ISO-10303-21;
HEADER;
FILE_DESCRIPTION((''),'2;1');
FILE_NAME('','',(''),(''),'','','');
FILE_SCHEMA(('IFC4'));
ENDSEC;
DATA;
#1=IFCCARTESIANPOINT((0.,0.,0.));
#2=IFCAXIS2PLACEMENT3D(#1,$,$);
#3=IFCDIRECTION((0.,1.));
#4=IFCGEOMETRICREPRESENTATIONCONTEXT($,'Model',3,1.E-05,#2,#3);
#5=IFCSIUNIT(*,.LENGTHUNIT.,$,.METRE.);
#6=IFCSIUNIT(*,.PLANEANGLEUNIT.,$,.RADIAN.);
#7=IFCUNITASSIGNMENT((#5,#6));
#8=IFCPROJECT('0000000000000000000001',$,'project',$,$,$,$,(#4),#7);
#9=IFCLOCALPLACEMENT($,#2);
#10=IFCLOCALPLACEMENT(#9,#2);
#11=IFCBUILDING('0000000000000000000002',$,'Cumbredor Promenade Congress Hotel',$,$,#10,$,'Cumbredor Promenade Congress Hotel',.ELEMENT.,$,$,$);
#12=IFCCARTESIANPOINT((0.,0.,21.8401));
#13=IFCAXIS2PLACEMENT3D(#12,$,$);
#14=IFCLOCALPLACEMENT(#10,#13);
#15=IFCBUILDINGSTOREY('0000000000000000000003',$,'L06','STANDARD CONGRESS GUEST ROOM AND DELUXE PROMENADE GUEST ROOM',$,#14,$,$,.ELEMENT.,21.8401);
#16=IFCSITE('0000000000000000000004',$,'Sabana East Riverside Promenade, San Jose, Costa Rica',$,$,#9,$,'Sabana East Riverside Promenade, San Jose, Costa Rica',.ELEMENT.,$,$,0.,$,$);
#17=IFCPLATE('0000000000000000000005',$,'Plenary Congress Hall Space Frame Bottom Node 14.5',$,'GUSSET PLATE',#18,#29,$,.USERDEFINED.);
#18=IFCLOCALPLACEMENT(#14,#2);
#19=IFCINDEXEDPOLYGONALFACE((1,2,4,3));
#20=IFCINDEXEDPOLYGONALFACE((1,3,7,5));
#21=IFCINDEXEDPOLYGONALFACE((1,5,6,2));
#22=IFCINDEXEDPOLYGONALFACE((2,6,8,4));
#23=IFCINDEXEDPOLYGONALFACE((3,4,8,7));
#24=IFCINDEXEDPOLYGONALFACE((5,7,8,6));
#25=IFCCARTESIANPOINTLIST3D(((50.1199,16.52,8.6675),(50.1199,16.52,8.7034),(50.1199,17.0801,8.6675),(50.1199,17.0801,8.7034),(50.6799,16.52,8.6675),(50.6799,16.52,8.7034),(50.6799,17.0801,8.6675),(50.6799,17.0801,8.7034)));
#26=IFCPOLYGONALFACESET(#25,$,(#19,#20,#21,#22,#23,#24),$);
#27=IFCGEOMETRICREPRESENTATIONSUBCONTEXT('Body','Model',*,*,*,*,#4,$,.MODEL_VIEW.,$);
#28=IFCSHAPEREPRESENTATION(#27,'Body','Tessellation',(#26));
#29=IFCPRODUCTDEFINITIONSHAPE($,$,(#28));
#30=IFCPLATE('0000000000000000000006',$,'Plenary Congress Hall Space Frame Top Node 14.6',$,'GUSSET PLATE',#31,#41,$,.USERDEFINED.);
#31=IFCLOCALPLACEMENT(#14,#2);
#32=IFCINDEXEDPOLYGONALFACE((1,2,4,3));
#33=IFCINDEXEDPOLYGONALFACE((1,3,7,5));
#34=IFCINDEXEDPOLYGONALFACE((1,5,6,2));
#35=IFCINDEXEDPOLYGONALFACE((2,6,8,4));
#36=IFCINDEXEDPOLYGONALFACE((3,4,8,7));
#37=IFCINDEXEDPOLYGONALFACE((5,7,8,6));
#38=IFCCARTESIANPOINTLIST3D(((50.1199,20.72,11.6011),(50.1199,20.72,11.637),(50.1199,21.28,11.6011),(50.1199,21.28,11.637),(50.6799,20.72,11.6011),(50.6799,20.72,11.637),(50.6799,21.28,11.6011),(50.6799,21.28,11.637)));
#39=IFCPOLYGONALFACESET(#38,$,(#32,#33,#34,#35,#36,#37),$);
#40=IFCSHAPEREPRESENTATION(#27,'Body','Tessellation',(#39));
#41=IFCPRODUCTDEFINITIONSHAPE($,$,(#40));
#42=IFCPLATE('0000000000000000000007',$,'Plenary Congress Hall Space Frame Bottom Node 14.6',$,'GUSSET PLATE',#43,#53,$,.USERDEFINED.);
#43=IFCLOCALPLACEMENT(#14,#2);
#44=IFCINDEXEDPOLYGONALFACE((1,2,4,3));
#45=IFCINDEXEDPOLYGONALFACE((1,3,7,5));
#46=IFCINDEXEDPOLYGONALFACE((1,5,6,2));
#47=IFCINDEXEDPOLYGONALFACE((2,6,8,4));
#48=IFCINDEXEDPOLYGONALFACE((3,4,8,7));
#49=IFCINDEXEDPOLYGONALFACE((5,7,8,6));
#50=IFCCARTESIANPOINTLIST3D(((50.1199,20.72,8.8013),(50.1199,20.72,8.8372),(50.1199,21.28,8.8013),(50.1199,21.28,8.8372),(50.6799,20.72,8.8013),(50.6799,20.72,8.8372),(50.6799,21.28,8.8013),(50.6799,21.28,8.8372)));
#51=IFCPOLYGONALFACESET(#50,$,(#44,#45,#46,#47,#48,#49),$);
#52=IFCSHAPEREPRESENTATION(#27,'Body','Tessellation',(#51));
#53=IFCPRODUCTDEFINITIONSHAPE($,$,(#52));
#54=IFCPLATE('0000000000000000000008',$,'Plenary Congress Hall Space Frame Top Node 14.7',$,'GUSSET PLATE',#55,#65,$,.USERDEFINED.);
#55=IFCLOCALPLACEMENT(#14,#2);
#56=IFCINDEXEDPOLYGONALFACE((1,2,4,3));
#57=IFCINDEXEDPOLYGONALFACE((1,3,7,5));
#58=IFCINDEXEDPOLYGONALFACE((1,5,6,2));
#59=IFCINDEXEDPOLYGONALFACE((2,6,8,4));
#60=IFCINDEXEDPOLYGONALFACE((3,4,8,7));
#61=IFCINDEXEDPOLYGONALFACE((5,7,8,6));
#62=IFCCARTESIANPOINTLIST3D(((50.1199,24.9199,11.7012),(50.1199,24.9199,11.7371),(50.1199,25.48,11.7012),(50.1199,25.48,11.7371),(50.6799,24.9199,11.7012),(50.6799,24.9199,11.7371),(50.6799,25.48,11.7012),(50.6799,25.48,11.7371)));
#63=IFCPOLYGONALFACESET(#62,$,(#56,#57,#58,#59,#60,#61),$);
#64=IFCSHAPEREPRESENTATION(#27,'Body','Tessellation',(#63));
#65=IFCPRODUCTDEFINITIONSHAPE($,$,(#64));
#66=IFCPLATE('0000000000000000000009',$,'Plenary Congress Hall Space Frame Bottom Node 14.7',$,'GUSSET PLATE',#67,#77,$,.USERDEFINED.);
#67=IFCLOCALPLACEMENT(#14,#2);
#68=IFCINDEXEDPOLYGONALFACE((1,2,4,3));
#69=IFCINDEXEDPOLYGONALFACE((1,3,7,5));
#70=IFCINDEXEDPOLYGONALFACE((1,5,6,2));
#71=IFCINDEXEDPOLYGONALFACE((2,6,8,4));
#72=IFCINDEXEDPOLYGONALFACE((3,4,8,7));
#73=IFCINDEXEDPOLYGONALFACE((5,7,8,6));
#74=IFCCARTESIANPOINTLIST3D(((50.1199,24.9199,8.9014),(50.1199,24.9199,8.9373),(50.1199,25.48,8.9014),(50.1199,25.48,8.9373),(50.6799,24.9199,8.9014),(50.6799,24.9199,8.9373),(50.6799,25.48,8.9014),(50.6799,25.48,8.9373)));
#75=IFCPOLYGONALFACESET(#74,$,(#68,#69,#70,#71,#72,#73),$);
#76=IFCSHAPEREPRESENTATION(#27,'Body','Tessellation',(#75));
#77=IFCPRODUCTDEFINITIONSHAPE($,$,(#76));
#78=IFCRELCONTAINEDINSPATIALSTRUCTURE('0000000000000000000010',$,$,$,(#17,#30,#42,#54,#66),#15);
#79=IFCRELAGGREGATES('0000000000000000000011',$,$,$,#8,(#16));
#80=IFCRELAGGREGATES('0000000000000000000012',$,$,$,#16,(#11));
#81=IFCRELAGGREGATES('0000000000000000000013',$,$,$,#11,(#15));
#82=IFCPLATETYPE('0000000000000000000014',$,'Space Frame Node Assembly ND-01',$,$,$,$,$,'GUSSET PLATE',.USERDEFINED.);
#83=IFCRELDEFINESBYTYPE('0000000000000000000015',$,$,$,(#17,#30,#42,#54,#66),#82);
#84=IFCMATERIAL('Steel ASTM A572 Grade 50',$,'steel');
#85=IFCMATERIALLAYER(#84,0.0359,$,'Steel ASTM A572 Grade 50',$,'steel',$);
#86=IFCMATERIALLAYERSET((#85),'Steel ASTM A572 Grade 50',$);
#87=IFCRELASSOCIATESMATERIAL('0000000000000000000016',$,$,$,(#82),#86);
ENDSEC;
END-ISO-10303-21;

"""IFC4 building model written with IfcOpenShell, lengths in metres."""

from ifc_helpers import new_model, si_unit, direction, frame, origin, origin_2d, place, context, subcontext, project, spatial, rectangle, extrude, material, layer, layer_set, type_object, element, save


model = new_model("IFC4")

# Units and contexts
model_context = context("Model", 3, precision=1e-05, world=origin(), true_north=direction((0.0, 1.0)))
body_context = subcontext(model_context, "Body", "Model", "MODEL_VIEW")
ifc_project = project(units=[si_unit("LENGTHUNIT", "METRE"), si_unit("PLANEANGLEUNIT", "RADIAN")], contexts=[model_context])

# Site, building, storey
site_placement = place(None, origin())
site = spatial("IfcSite", under=ifc_project, at=site_placement, Name="Sabana East Riverside Promenade, San Jose, Costa Rica", LongName="Sabana East Riverside Promenade, San Jose, Costa Rica", CompositionType="ELEMENT", RefElevation=0.0)
building_placement = place(site_placement, origin())
building = spatial("IfcBuilding", under=site, at=building_placement, Name="Cumbredor Promenade Congress Hotel", LongName="Cumbredor Promenade Congress Hotel", CompositionType="ELEMENT")
storey_placement = place(building_placement, frame((0.0, 0.0, 21.8401)))
storey = spatial("IfcBuildingStorey", under=building, at=storey_placement, Name="L06", Description="STANDARD CONGRESS GUEST ROOM AND DELUXE PROMENADE GUEST ROOM", CompositionType="ELEMENT", Elevation=21.8401)

# Plates
ifc_material_1 = material(Name="Steel ASTM A572 Grade 50", Category="steel")
ifc_layer = layer(ifc_material_1, 0.0359, Name="Steel ASTM A572 Grade 50", Category="steel")
ifc_layer_set = layer_set([ifc_layer], Name="Steel ASTM A572 Grade 50")
plate_type = type_object("IfcPlateType", Name="Space Frame Node Assembly ND-01", ElementType="GUSSET PLATE", PredefinedType="USERDEFINED", material=ifc_layer_set)
for number, where, z_axis, x_axis, name in (
    (1, (50.3999, 16.8, 8.6675), (0.0, 0.0, 1.0), (1.0, 0.0, 0.0), "Plenary Congress Hall Space Frame Bottom Node 14.5"),
    (2, (50.3999, 21.0, 11.6011), (0.0, 0.0, 1.0), (1.0, 0.0, 0.0), "Plenary Congress Hall Space Frame Top Node 14.6"),
    (3, (50.3999, 21.0, 8.8013), (0.0, 0.0, 1.0), (1.0, 0.0, 0.0), "Plenary Congress Hall Space Frame Bottom Node 14.6"),
    (4, (50.3999, 25.2, 11.7012), (0.0, 0.0, 1.0), (1.0, 0.0, 0.0), "Plenary Congress Hall Space Frame Top Node 14.7"),
    (5, (50.3999, 25.2, 8.9014), (0.0, 0.0, 1.0), (1.0, 0.0, 0.0), "Plenary Congress Hall Space Frame Bottom Node 14.7"),
):
    element("IfcPlate", number, at=place(storey_placement, frame(where, z_axis=z_axis, x_axis=x_axis)), inside=storey, type_object=plate_type, Name=name, ObjectType="GUSSET PLATE", PredefinedType="USERDEFINED", context=body_context, shape_type="SweptSolid", body=[
        extrude(rectangle(XDim=0.5601, YDim=0.5601, at=origin_2d()), origin(), (0.0, 0.0, 1.0), 0.0359),
    ])

save(model, "model.ifc")
